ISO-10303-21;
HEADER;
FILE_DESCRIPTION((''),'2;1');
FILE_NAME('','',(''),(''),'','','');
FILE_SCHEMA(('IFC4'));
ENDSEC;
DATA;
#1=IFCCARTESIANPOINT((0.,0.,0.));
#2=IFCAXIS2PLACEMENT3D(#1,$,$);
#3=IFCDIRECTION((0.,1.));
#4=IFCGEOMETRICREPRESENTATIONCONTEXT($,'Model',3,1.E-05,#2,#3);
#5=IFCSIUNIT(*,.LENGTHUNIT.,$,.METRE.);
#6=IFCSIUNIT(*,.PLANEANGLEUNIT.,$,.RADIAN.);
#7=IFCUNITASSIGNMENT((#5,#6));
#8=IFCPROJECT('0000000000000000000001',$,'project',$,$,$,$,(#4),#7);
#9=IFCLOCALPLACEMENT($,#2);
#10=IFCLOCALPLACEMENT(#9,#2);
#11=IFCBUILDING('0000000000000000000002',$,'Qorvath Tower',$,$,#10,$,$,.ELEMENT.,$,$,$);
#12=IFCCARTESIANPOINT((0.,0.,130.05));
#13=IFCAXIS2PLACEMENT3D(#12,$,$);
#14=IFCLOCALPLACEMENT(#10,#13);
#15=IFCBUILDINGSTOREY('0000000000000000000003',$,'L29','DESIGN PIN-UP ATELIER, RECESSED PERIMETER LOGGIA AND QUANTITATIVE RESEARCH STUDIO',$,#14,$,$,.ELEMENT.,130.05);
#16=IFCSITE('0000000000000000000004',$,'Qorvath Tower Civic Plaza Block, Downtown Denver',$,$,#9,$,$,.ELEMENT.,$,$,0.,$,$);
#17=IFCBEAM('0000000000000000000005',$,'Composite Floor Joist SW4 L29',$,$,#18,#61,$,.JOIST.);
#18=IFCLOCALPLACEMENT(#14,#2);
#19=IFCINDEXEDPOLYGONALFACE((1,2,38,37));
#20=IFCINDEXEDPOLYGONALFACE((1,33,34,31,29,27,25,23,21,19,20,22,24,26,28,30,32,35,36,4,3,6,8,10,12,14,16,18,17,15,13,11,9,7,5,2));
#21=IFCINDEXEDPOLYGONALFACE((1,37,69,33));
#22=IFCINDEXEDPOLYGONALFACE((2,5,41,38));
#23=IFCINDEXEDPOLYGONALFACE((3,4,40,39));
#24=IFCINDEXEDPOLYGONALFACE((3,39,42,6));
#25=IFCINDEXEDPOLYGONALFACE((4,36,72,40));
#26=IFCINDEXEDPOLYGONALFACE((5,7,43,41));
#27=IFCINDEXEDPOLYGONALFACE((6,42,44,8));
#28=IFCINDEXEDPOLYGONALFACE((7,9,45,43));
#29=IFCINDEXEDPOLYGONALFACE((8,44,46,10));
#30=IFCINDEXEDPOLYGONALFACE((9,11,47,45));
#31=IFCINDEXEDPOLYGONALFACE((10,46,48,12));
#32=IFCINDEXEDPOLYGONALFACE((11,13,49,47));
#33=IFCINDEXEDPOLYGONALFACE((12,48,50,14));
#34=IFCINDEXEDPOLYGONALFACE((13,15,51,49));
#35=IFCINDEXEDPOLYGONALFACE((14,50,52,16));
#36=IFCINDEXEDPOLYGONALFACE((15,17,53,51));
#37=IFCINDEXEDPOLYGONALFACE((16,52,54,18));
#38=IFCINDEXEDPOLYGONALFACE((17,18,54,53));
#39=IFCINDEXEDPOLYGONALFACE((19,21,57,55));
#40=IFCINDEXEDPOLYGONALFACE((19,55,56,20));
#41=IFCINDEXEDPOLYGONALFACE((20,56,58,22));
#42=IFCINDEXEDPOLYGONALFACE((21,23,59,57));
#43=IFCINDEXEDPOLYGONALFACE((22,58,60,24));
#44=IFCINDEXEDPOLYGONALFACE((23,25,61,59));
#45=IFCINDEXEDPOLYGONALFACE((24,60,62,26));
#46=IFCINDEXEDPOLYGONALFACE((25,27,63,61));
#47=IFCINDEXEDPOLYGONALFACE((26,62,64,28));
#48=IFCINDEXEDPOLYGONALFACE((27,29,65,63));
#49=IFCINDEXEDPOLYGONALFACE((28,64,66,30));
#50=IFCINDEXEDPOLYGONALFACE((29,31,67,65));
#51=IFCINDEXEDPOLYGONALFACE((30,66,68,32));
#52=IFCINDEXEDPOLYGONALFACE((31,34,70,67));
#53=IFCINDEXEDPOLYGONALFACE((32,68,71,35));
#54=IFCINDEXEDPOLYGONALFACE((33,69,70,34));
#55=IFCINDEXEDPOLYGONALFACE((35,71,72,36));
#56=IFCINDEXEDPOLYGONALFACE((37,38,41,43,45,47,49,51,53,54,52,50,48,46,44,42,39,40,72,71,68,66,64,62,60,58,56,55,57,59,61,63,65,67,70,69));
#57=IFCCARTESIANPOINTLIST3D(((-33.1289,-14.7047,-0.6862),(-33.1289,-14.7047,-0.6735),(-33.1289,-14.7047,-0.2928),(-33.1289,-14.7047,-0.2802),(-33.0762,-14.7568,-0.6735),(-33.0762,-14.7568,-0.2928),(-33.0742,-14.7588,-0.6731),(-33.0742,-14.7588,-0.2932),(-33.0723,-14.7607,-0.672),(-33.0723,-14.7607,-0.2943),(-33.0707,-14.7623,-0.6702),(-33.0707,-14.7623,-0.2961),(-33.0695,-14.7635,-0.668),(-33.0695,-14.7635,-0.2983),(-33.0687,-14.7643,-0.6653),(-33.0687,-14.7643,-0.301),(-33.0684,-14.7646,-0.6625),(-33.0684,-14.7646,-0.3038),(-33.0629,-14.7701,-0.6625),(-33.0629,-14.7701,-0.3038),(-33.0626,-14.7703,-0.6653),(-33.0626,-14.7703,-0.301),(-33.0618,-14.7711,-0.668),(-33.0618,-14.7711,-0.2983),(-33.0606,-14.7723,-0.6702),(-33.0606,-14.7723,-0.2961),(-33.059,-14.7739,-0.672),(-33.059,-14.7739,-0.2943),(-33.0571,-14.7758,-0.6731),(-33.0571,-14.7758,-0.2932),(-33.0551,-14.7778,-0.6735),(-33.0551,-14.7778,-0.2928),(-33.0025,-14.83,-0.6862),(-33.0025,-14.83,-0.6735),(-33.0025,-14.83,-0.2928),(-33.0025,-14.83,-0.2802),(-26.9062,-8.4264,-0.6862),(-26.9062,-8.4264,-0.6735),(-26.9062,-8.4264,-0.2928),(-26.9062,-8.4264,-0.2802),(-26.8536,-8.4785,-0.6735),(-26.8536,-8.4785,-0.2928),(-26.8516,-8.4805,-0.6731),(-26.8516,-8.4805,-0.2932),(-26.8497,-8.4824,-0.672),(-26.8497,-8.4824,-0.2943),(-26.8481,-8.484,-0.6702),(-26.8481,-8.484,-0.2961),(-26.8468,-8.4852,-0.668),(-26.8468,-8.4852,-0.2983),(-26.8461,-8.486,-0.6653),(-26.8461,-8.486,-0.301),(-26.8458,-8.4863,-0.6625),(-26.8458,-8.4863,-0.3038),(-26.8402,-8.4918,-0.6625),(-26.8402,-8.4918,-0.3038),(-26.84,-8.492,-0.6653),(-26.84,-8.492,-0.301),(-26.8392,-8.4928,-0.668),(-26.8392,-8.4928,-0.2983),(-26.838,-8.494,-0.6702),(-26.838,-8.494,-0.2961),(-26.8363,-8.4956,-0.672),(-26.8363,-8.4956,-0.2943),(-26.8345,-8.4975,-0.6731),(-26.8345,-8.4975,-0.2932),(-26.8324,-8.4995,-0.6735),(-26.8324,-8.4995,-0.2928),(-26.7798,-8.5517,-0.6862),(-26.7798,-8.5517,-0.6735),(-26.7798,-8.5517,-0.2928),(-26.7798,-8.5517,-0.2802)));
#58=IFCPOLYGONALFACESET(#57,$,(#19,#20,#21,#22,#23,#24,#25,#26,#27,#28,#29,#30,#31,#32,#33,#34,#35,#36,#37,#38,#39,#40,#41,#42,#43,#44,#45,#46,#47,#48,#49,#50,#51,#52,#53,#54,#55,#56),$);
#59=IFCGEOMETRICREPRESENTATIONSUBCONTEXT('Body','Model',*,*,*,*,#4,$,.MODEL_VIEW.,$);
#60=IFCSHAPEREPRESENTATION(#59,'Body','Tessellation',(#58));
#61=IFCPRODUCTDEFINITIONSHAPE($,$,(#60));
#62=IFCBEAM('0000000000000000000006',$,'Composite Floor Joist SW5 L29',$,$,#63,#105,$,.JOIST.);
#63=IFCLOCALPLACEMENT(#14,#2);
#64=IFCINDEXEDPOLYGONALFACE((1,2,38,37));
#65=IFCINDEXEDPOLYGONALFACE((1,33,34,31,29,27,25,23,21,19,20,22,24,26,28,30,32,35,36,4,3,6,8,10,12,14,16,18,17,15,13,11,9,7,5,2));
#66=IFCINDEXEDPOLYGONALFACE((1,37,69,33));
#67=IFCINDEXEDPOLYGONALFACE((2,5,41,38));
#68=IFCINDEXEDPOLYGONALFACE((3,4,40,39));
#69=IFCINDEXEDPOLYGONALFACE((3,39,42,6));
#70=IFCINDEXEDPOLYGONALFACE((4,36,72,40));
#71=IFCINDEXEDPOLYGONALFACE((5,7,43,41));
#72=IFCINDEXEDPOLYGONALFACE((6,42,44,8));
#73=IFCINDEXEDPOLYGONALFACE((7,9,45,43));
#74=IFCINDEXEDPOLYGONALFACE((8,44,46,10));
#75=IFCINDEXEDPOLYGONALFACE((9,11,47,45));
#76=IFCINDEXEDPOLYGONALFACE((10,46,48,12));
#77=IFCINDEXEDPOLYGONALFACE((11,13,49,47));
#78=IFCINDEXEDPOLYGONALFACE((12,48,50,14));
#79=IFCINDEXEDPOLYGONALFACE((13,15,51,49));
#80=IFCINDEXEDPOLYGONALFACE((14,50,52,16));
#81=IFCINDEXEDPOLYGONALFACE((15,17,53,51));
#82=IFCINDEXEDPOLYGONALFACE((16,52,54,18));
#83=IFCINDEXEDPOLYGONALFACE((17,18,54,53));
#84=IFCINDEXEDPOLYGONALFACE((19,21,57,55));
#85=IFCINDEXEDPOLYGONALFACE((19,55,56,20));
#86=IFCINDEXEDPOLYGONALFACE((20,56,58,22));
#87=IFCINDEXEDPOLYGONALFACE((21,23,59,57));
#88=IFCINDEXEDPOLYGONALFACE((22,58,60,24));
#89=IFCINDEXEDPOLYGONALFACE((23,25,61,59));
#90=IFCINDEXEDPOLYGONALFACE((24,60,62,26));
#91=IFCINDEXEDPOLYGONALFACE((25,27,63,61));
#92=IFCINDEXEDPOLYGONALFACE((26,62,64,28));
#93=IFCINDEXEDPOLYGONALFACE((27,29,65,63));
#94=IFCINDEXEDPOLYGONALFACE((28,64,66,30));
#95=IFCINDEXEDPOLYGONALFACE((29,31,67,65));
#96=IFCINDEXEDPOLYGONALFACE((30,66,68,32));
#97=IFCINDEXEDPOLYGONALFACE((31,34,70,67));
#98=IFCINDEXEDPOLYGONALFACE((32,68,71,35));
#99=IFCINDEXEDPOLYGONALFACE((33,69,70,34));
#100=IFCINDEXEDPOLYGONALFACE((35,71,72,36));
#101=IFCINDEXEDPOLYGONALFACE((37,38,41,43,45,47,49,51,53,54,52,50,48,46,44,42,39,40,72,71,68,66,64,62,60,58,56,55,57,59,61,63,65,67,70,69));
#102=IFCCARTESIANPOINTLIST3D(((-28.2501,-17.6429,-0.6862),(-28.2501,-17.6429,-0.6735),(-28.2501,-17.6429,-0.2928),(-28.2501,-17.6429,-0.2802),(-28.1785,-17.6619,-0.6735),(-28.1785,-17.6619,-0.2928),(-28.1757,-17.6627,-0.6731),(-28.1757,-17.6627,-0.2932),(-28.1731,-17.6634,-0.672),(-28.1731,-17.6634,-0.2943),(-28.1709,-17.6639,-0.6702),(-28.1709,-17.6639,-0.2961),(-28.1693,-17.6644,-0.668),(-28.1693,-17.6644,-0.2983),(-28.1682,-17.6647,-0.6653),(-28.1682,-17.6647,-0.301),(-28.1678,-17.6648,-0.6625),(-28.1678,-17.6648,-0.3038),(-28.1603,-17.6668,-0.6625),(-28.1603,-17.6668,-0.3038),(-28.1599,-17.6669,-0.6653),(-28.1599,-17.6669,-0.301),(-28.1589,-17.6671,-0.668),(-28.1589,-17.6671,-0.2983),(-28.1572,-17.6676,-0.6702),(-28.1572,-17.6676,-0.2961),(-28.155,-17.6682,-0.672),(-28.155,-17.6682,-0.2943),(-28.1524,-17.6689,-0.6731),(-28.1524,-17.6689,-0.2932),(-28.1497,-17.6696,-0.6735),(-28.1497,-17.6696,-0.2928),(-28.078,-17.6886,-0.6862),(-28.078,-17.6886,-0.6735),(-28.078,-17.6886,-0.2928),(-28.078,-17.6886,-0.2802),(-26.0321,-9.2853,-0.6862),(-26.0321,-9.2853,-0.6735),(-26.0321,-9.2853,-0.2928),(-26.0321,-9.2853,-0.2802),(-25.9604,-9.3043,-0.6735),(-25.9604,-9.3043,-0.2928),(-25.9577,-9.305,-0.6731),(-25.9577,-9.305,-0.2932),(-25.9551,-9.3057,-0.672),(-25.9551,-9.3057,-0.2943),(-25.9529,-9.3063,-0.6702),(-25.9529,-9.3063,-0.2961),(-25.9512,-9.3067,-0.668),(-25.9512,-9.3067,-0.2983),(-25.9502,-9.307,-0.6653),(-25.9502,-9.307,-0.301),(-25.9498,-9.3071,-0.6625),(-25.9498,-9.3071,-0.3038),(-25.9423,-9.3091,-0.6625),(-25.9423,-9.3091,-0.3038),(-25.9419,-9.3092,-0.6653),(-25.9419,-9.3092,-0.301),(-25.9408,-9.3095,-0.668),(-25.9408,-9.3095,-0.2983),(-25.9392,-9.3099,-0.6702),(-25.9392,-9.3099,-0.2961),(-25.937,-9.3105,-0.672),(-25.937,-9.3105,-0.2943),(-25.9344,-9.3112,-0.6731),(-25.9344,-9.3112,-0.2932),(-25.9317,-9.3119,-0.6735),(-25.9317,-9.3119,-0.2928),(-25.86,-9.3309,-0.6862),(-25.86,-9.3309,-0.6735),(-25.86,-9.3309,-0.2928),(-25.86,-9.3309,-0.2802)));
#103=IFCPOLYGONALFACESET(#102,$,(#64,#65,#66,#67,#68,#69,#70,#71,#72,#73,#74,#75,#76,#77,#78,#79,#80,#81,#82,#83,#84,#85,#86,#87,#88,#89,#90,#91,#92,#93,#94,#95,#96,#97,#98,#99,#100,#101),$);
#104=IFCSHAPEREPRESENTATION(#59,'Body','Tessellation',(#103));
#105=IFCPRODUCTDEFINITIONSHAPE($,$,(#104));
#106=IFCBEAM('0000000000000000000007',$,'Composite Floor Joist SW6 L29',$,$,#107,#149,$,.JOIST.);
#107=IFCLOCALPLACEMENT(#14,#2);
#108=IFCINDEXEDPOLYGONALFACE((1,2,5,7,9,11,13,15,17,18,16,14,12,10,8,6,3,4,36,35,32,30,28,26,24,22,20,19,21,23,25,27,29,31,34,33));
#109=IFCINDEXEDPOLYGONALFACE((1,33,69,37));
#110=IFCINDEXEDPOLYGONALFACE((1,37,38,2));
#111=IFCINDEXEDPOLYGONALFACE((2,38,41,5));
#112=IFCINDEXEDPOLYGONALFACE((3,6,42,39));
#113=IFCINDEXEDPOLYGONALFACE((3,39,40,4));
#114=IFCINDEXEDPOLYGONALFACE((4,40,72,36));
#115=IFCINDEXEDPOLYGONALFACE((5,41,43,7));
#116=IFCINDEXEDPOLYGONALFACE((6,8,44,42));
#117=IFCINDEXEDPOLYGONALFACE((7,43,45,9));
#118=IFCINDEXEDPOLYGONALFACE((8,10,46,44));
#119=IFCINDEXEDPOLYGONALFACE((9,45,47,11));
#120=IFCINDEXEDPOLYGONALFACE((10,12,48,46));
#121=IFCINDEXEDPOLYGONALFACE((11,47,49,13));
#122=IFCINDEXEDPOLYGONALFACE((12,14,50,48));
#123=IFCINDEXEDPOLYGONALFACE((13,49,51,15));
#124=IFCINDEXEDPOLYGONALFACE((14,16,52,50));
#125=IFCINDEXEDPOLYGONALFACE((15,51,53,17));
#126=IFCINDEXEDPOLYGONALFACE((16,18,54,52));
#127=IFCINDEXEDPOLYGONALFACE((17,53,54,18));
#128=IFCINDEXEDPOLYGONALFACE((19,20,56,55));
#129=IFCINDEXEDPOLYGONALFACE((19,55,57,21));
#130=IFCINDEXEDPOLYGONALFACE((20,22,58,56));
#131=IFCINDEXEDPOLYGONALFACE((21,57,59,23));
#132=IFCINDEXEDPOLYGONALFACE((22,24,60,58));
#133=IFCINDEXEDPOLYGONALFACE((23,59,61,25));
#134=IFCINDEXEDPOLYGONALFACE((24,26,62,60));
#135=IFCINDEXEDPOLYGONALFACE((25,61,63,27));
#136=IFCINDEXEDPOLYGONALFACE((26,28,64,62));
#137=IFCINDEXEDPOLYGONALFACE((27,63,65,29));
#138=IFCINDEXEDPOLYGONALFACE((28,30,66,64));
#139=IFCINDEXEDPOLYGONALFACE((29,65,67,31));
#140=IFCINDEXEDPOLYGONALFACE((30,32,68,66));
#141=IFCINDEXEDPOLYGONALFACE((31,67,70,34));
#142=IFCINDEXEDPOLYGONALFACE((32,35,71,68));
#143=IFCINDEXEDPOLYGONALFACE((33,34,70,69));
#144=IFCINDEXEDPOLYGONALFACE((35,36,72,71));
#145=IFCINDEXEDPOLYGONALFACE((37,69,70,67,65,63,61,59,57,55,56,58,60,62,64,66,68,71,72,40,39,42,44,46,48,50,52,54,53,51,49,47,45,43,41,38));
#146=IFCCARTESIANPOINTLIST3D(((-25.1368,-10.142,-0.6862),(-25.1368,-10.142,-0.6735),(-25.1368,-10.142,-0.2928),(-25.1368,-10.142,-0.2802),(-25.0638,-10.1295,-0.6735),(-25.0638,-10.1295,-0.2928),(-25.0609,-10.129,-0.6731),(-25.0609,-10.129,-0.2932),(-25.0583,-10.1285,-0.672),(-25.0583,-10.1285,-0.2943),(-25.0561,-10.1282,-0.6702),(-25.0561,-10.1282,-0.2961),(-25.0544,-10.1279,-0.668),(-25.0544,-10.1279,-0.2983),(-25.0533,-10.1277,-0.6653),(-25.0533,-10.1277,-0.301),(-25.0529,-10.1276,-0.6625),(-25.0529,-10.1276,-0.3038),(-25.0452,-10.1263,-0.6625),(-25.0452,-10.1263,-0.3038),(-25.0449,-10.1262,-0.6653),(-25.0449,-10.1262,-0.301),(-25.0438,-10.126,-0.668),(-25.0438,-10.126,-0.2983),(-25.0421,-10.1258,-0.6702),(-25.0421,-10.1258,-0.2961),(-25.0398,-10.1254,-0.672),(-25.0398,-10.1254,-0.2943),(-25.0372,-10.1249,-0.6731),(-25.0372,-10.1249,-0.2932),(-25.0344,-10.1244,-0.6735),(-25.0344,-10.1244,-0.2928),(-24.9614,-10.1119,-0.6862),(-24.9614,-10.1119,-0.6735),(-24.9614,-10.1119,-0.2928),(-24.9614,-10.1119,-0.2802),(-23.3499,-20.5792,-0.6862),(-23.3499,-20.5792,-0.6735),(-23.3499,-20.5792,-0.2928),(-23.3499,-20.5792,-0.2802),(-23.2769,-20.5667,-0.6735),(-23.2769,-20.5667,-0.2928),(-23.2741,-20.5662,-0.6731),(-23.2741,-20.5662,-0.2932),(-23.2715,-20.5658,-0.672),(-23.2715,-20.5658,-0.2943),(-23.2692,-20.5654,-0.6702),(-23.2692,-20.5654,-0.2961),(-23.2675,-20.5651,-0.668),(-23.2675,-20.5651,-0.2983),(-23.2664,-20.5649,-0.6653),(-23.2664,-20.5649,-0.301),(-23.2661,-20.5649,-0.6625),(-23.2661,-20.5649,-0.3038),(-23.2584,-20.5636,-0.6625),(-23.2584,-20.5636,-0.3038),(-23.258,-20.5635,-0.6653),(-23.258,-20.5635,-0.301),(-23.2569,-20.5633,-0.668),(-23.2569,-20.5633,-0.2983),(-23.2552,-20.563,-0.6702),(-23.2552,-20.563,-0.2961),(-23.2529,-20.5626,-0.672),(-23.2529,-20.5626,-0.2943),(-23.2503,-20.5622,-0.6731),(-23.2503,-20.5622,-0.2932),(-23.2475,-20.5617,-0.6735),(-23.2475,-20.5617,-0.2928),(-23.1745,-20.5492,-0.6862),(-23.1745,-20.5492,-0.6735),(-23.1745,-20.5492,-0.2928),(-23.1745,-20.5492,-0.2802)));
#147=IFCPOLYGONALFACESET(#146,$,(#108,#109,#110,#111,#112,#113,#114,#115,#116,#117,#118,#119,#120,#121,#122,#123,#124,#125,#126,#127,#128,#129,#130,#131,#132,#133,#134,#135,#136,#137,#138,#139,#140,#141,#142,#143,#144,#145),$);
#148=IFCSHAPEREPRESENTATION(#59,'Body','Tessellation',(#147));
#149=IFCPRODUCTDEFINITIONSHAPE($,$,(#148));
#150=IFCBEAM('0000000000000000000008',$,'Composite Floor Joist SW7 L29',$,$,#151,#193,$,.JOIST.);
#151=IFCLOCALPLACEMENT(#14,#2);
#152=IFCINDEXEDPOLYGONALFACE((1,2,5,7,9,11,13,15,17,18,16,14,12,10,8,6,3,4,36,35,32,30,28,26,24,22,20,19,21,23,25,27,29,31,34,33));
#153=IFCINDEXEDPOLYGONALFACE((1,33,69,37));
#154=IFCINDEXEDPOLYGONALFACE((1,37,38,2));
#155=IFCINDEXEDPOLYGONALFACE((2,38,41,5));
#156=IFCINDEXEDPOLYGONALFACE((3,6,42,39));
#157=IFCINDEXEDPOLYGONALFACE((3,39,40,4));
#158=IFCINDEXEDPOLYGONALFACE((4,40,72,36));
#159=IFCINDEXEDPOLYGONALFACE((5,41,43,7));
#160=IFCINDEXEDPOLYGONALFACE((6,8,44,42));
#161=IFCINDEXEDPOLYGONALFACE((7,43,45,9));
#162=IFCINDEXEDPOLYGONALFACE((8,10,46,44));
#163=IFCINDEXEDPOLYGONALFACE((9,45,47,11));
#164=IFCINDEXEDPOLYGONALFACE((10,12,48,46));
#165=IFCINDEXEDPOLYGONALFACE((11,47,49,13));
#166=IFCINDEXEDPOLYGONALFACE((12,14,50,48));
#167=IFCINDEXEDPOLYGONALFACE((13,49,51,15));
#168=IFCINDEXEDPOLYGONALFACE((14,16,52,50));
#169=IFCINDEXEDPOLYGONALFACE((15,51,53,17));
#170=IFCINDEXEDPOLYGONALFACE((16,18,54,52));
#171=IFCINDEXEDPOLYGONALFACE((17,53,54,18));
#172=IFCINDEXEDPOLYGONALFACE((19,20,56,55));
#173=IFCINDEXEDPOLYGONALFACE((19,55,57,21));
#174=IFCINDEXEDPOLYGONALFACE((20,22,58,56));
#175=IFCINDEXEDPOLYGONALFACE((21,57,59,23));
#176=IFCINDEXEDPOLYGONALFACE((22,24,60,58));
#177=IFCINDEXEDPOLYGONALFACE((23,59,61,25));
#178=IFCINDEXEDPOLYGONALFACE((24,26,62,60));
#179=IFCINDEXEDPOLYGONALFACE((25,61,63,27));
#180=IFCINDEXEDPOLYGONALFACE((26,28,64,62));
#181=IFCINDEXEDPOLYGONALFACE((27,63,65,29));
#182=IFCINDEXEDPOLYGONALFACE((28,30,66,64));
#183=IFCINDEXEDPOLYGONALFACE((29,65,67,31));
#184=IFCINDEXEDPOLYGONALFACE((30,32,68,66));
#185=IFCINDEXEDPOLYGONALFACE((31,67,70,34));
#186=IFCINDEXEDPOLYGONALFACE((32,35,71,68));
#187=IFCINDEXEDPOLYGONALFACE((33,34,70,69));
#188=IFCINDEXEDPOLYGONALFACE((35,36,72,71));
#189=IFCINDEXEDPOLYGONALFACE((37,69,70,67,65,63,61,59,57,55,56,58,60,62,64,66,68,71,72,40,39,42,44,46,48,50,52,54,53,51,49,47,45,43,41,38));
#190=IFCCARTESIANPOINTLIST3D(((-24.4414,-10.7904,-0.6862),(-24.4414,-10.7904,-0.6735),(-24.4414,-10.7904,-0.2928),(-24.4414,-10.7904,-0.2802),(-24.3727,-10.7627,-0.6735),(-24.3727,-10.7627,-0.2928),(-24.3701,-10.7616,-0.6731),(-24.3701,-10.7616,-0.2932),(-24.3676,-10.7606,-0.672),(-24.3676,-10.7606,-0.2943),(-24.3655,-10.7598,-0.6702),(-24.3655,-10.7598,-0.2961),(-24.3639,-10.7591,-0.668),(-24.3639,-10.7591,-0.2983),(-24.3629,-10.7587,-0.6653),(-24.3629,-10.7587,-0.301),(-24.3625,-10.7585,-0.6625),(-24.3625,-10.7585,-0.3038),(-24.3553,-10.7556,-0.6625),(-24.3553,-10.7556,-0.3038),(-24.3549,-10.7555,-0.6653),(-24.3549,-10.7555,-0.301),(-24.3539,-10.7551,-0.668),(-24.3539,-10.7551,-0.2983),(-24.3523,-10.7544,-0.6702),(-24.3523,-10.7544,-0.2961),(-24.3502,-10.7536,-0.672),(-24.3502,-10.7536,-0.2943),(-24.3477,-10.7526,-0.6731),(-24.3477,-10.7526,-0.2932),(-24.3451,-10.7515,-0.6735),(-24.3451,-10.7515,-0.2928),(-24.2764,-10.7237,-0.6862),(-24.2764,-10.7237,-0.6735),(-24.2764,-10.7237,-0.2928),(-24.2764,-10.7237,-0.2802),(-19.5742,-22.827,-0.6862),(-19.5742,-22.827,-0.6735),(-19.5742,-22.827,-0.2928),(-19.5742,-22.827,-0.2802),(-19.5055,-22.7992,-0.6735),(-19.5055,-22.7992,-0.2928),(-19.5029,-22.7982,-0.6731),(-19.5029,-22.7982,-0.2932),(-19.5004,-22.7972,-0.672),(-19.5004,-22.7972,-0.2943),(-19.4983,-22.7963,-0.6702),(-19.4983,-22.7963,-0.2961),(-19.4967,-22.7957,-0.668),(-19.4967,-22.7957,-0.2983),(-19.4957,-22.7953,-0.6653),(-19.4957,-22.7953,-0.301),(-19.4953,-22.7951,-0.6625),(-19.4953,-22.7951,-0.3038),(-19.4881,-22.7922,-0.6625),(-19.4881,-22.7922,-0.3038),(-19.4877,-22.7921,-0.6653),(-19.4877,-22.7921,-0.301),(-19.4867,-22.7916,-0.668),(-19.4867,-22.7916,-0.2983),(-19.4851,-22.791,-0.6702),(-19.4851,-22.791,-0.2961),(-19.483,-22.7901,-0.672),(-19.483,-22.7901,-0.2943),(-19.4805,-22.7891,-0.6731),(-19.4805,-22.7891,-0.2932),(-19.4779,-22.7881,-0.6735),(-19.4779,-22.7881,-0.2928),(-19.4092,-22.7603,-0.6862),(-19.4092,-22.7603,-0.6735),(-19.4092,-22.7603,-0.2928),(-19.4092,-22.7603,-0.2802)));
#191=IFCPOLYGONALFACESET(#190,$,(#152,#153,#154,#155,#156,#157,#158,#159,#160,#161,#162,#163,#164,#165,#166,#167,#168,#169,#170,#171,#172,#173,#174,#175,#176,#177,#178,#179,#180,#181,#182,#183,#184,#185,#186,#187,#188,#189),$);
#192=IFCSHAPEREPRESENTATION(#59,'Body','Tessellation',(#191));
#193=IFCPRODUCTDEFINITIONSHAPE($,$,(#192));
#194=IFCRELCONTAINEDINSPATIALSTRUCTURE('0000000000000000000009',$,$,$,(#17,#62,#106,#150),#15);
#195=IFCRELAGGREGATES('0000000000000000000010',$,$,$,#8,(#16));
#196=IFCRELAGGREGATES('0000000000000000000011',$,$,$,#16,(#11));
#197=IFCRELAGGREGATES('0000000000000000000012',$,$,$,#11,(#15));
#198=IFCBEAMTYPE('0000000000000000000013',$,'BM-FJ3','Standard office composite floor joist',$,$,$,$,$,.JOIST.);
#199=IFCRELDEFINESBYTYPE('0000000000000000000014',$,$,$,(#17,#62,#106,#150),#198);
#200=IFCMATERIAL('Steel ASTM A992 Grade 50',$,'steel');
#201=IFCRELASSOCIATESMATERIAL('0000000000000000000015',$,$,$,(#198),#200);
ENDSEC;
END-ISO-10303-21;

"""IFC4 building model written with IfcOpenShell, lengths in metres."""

from ifc_helpers import new_model, si_unit, direction, frame, origin, origin_2d, place, context, subcontext, project, spatial, i_section, extrude, material, material_profile, profile_set, type_object, element, save


model = new_model("IFC4")

# Units and contexts
model_context = context("Model", 3, precision=1e-05, world=origin(), true_north=direction((0.0, 1.0)))
body_context = subcontext(model_context, "Body", "Model", "MODEL_VIEW")
ifc_project = project(units=[si_unit("LENGTHUNIT", "METRE"), si_unit("PLANEANGLEUNIT", "RADIAN")], contexts=[model_context])

# Site, building, storey
site_placement = place(None, origin())
site = spatial("IfcSite", under=ifc_project, at=site_placement, Name="Qorvath Tower Civic Plaza Block, Downtown Denver", CompositionType="ELEMENT", RefElevation=0.0)
building_placement = place(site_placement, origin())
building = spatial("IfcBuilding", under=site, at=building_placement, Name="Qorvath Tower", CompositionType="ELEMENT")
storey_placement = place(building_placement, frame((0.0, 0.0, 130.05)))
storey = spatial("IfcBuildingStorey", under=building, at=storey_placement, Name="L29", Description="DESIGN PIN-UP ATELIER, RECESSED PERIMETER LOGGIA AND QUANTITATIVE RESEARCH STUDIO", CompositionType="ELEMENT", Elevation=130.05)

# Beams
ifc_material_1 = material(Name="Steel ASTM A992 Grade 50", Category="steel")
ifc_material_profile_1 = material_profile(ifc_material_1, i_section(OverallWidth=0.178, OverallDepth=0.406, WebThickness=0.0078, FlangeThickness=0.0127, FilletRadius=0.011, at=origin_2d()), Name="W16x40")
ifc_profile_set_1 = profile_set([ifc_material_profile_1], Name="Steel ASTM A992 Grade 50")
beam_type_1 = type_object("IfcBeamType", Name="BM-FJ3", Description="Standard office composite floor joist", PredefinedType="JOIST", material=ifc_profile_set_1)
beam_1_placement = place(storey_placement, frame((-26.843, -8.489, -0.4832), z_axis=(-0.703951, -0.710248, 0.0), x_axis=(0.710248, -0.703951, 0.0)))
element("IfcBeam", 1, at=beam_1_placement, inside=storey, type_object=beam_type_1, Name="Composite Floor Joist SW4 L29", PredefinedType="JOIST", context=body_context, shape_type="SweptSolid", body=[
    extrude(i_section(OverallWidth=0.178, OverallDepth=0.406, WebThickness=0.0078, FlangeThickness=0.0127, FilletRadius=0.011, at=origin_2d()), origin(), (0.0, 0.0, 1.0), 8.8396),
])
beam_2_placement = place(storey_placement, frame((-25.946, -9.3081, -0.4832), z_axis=(-0.256508, -0.966542, 0.0), x_axis=(0.966542, -0.256508, 0.0)))
element("IfcBeam", 2, at=beam_2_placement, inside=storey, type_object=beam_type_1, Name="Composite Floor Joist SW5 L29", PredefinedType="JOIST", context=body_context, shape_type="SweptSolid", body=[
    extrude(i_section(OverallWidth=0.178, OverallDepth=0.406, WebThickness=0.0078, FlangeThickness=0.0127, FilletRadius=0.011, at=origin_2d()), origin(), (0.0, 0.0, 1.0), 8.647),
])
beam_3_placement = place(storey_placement, frame((-25.0491, -10.127, -0.4832), z_axis=(0.168746, -0.98566, 0.0), x_axis=(0.98566, 0.168746, 0.0)))
element("IfcBeam", 3, at=beam_3_placement, inside=storey, type_object=beam_type_1, Name="Composite Floor Joist SW6 L29", PredefinedType="JOIST", context=body_context, shape_type="SweptSolid", body=[
    extrude(i_section(OverallWidth=0.178, OverallDepth=0.406, WebThickness=0.0078, FlangeThickness=0.0127, FilletRadius=0.011, at=origin_2d()), origin(), (0.0, 0.0, 1.0), 10.5891),
])
beam_4_placement = place(storey_placement, frame((-24.3589, -10.7571, -0.4832), z_axis=(0.374877, -0.927075, 0.0), x_axis=(0.927075, 0.374877, 0.0)))
element("IfcBeam", 4, at=beam_4_placement, inside=storey, type_object=beam_type_1, Name="Composite Floor Joist SW7 L29", PredefinedType="JOIST", context=body_context, shape_type="SweptSolid", body=[
    extrude(i_section(OverallWidth=0.178, OverallDepth=0.406, WebThickness=0.0078, FlangeThickness=0.0127, FilletRadius=0.011, at=origin_2d()), origin(), (0.0, 0.0, 1.0), 12.9834),
])

save(model, "model.ifc")
